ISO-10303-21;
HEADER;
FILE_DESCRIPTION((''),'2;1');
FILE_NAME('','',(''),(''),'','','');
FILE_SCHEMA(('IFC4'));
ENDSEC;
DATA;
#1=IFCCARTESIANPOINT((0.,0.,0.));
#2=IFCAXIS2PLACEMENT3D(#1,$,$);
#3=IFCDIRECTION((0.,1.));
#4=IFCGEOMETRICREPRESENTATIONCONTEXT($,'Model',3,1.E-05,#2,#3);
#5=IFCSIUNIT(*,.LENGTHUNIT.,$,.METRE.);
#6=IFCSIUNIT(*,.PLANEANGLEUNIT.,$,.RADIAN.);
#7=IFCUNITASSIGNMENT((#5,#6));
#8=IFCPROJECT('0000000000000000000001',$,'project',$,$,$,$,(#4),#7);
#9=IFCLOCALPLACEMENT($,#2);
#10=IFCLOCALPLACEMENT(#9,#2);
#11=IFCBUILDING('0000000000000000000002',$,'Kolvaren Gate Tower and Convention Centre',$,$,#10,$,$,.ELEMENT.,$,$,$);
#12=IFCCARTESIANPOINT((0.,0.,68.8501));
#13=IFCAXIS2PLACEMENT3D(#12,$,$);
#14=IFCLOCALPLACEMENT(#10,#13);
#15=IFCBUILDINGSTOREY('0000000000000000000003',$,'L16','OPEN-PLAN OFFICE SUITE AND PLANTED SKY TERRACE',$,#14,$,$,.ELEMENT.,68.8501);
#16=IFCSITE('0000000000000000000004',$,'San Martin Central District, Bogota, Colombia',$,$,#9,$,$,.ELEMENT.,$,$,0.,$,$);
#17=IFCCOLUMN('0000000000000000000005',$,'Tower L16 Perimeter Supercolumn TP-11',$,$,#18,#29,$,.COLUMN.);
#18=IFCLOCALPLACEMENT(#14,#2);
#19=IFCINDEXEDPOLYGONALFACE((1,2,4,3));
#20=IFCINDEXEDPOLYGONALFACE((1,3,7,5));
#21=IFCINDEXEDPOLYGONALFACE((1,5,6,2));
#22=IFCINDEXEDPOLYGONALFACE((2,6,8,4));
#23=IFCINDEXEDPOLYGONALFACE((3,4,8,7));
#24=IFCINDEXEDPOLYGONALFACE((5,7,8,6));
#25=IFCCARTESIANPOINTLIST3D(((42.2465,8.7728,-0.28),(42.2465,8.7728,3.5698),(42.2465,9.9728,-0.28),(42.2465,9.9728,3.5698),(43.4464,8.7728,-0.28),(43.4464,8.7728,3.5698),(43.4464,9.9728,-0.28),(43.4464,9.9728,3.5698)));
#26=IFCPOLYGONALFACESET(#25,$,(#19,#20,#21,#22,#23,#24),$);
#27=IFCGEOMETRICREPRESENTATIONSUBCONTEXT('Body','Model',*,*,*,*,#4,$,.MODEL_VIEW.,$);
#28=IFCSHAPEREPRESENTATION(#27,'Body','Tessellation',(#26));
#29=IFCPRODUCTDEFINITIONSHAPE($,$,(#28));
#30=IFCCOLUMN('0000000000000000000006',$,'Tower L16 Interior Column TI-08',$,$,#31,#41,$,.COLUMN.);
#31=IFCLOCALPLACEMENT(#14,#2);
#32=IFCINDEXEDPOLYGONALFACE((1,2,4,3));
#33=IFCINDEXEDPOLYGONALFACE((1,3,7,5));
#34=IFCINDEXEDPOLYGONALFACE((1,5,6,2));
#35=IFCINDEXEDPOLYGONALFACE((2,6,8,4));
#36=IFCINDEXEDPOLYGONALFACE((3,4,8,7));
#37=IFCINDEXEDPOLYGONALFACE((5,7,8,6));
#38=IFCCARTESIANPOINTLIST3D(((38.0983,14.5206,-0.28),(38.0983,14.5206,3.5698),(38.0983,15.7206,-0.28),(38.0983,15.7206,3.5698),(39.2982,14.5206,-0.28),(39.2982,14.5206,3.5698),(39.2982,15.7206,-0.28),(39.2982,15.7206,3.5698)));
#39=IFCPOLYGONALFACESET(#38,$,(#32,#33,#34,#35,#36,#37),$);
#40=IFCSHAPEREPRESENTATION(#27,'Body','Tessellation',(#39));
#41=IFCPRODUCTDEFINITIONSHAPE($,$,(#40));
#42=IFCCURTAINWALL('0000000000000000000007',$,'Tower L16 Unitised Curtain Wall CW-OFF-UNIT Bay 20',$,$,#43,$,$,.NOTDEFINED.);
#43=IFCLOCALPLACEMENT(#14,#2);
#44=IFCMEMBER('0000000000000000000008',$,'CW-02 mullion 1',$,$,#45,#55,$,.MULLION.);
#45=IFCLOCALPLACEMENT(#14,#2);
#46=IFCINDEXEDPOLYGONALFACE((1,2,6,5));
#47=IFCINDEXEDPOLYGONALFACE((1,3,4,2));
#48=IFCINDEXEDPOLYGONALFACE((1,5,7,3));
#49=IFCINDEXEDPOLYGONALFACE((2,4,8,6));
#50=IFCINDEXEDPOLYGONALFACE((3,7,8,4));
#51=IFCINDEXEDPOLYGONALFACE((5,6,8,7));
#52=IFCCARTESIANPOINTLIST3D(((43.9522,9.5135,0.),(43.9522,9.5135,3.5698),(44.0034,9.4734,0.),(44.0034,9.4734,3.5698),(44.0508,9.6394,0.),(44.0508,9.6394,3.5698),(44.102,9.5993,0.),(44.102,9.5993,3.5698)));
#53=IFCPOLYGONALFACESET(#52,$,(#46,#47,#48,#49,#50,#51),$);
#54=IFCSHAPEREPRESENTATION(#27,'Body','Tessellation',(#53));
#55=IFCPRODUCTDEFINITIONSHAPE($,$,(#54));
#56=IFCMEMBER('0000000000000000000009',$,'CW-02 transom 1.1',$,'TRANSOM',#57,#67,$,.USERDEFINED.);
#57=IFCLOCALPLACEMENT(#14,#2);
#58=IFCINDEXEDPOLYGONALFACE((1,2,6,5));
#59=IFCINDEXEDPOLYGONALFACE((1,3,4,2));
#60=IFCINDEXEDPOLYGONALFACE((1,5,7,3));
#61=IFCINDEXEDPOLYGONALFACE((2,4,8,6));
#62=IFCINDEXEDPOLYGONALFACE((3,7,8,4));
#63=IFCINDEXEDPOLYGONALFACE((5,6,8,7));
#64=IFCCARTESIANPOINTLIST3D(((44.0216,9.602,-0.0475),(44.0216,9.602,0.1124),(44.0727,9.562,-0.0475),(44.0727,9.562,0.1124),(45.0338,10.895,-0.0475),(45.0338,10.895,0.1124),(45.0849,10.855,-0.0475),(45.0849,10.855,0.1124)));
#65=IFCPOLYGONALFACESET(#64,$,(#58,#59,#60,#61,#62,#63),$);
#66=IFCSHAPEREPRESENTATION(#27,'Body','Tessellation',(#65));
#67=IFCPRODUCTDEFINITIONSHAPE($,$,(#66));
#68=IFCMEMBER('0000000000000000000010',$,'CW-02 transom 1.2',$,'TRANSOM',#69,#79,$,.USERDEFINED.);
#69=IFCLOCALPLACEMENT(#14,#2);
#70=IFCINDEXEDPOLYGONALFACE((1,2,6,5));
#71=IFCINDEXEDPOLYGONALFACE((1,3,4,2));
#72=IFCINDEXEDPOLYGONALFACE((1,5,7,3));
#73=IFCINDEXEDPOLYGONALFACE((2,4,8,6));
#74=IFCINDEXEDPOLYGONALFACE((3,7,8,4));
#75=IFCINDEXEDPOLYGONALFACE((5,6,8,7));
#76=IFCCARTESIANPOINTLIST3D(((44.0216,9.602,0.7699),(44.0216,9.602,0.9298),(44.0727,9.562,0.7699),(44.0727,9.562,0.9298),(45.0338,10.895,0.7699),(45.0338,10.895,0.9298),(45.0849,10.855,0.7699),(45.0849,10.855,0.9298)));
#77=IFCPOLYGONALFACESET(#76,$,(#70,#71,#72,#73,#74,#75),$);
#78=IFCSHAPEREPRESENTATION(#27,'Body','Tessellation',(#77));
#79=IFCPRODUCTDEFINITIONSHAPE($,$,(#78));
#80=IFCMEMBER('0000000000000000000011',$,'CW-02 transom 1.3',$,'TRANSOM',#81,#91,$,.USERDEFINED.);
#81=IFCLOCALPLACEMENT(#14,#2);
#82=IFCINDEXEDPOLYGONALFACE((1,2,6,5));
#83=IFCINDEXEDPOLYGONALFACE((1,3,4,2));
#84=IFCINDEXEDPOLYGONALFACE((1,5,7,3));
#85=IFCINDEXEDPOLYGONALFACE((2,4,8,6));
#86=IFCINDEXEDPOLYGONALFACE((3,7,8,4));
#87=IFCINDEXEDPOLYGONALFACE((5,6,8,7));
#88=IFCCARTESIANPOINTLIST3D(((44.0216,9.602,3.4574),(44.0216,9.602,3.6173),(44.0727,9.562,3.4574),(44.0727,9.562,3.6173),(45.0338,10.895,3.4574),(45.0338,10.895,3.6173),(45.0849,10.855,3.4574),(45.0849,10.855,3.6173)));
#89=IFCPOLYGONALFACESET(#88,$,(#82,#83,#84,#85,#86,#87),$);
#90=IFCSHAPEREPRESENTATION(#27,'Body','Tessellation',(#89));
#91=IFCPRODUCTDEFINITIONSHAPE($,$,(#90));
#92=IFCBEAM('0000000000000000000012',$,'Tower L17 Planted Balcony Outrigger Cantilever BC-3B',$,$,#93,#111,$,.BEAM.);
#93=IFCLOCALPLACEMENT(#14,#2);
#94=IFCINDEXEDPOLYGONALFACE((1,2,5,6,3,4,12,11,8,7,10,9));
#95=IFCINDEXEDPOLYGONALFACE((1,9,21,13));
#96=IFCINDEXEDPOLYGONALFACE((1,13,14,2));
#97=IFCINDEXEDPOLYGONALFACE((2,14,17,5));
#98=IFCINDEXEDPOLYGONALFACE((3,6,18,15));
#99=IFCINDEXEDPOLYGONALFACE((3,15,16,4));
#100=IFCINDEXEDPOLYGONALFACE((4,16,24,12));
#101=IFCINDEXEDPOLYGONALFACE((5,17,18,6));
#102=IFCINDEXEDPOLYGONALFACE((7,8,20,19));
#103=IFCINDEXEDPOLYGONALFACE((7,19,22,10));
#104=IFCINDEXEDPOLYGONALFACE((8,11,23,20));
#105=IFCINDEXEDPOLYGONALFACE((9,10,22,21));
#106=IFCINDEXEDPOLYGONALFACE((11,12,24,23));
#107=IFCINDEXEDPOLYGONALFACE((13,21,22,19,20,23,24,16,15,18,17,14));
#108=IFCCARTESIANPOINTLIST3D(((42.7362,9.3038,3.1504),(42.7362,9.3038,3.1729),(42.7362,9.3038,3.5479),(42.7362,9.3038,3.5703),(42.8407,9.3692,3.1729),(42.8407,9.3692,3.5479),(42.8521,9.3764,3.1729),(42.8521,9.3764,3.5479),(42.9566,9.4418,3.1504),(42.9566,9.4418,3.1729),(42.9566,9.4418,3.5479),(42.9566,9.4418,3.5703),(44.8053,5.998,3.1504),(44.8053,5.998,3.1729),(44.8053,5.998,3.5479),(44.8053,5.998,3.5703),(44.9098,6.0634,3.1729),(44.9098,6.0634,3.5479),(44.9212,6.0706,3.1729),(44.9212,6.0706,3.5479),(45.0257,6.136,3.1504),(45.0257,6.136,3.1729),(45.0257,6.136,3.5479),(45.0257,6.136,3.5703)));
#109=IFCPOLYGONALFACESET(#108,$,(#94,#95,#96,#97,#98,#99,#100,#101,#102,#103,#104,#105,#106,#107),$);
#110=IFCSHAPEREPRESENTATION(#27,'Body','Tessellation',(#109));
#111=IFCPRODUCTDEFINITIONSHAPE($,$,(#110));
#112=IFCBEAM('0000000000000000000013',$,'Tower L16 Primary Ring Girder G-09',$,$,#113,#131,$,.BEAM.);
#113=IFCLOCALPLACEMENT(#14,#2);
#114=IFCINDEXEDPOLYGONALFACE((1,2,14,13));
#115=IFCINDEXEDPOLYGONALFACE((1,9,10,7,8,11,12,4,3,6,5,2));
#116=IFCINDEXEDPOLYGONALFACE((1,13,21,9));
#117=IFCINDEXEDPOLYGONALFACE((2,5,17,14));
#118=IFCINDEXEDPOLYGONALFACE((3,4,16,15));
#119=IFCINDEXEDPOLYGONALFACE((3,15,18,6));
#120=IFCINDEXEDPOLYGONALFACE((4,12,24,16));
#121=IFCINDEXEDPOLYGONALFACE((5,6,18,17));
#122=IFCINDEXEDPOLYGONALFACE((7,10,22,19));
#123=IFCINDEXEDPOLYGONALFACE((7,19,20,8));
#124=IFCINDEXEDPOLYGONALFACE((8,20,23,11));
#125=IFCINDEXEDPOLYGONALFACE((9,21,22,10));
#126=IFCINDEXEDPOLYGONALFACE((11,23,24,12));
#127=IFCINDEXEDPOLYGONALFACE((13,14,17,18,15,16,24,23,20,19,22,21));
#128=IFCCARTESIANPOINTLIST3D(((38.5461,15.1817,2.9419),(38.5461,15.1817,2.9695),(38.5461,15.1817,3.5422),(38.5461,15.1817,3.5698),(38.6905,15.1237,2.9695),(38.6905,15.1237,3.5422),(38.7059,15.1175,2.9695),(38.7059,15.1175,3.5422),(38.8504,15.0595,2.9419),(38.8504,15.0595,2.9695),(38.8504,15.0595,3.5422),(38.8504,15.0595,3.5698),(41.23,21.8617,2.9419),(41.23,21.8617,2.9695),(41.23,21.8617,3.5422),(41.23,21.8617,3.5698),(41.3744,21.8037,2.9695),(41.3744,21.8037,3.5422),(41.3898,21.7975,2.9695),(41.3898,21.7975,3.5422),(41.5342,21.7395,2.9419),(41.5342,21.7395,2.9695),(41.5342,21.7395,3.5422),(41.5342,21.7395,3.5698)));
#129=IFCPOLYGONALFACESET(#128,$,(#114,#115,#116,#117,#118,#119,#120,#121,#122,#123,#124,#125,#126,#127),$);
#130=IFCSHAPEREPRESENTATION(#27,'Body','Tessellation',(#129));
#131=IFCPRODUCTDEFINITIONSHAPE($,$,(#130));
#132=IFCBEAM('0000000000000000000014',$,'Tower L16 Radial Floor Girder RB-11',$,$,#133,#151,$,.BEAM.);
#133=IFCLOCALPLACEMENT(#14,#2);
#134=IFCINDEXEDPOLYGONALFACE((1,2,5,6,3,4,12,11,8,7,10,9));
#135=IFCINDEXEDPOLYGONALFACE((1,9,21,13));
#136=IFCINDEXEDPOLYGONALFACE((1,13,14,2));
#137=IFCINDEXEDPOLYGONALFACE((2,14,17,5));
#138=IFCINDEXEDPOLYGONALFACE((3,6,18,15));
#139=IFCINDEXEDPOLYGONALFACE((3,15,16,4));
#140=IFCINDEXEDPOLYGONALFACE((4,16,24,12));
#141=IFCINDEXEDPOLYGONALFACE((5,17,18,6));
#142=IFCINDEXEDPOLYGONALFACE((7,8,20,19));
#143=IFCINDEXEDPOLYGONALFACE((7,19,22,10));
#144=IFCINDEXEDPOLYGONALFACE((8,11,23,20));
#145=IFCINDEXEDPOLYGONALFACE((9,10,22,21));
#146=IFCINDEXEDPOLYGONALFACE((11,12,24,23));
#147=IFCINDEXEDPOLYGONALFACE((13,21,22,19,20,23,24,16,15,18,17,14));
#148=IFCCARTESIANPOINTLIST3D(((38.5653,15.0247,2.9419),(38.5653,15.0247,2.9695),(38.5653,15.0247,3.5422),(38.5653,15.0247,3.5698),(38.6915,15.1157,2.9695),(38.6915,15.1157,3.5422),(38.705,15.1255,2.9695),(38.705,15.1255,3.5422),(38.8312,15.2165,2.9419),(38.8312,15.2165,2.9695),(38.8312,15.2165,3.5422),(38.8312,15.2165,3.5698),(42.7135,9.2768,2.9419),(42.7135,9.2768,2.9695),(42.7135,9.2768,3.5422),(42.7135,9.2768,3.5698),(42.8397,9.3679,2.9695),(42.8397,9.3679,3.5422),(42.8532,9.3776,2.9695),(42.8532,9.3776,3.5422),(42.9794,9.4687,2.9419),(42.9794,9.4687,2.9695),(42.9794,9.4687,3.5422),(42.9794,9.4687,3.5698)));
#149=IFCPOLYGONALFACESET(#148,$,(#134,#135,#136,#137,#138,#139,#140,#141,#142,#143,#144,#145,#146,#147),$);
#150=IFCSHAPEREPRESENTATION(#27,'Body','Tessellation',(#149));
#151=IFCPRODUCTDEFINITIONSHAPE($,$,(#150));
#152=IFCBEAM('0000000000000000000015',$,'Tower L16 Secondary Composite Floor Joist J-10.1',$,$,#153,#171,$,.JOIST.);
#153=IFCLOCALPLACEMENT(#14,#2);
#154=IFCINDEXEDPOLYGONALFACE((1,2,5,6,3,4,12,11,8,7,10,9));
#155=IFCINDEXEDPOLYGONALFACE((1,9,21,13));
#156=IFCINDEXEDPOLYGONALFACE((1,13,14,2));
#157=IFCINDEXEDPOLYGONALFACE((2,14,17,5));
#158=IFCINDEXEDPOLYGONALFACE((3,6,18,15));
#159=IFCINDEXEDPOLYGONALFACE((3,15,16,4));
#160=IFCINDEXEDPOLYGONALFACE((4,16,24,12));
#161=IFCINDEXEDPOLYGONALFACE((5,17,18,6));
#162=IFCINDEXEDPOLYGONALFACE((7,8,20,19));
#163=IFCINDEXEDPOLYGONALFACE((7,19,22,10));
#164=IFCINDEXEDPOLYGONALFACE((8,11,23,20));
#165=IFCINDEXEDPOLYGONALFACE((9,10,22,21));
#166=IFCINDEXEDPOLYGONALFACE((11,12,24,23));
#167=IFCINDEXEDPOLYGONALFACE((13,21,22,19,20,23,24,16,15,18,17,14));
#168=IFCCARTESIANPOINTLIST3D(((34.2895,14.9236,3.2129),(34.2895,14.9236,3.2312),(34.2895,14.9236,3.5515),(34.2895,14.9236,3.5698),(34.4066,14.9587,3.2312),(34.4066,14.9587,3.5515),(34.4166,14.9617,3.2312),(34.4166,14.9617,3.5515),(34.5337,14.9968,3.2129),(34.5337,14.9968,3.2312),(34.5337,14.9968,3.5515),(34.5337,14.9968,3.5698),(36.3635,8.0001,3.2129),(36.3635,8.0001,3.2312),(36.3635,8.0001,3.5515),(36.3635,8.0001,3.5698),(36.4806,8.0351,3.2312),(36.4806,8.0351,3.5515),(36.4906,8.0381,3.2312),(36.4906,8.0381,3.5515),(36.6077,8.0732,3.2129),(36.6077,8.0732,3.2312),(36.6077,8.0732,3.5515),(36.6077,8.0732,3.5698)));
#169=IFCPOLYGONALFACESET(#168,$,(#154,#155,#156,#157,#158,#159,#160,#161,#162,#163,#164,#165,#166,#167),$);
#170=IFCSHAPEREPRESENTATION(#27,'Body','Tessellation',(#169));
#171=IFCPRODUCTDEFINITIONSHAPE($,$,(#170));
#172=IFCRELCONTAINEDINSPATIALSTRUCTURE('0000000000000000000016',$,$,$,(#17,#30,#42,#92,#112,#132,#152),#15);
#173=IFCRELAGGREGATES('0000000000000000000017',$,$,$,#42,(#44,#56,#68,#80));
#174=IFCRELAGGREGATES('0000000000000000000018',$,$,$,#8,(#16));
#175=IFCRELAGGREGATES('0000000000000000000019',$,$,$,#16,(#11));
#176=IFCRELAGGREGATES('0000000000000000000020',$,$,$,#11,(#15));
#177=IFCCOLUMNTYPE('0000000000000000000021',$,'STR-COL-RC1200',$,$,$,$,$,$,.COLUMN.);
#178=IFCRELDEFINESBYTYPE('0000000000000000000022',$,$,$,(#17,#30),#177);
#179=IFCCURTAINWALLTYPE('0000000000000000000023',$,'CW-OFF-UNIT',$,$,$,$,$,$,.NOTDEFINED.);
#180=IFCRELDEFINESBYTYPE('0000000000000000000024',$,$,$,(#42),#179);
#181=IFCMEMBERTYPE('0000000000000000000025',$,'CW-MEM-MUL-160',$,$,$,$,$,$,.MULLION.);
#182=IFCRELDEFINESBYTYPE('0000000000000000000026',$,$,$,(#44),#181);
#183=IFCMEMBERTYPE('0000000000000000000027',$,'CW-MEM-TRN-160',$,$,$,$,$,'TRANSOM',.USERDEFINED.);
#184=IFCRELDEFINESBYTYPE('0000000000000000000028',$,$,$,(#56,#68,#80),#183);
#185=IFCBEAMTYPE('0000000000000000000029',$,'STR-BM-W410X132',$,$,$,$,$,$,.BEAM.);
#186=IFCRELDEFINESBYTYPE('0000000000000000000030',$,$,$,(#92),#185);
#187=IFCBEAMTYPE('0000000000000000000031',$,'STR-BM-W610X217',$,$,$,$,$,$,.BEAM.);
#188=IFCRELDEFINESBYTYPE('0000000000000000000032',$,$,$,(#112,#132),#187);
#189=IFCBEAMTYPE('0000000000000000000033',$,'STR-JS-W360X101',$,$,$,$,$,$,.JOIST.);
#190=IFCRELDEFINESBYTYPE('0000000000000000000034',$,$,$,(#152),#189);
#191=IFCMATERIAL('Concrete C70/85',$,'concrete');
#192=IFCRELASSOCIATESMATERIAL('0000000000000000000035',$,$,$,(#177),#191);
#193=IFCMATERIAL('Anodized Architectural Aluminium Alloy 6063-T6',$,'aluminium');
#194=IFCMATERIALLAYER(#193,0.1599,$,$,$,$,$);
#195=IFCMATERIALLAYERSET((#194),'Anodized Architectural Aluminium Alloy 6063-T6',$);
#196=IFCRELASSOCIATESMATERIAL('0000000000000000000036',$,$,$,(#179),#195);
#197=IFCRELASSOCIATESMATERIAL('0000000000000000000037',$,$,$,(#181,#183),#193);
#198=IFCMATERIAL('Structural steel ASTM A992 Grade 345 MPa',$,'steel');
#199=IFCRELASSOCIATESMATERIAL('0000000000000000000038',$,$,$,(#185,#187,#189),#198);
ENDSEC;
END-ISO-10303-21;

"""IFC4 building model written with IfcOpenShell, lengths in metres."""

from ifc_helpers import new_model, si_unit, direction, frame, origin, origin_2d, place, context, subcontext, project, spatial, rectangle, i_section, extrude, material, layer, layer_set, material_profile, profile_set, type_object, element, aggregate, save


model = new_model("IFC4")

# Units and contexts
model_context = context("Model", 3, precision=1e-05, world=origin(), true_north=direction((0.0, 1.0)))
body_context = subcontext(model_context, "Body", "Model", "MODEL_VIEW")
ifc_project = project(units=[si_unit("LENGTHUNIT", "METRE"), si_unit("PLANEANGLEUNIT", "RADIAN")], contexts=[model_context])

# Site, building, storey
site_placement = place(None, origin())
site = spatial("IfcSite", under=ifc_project, at=site_placement, Name="San Martin Central District, Bogota, Colombia", CompositionType="ELEMENT", RefElevation=0.0)
building_placement = place(site_placement, origin())
building = spatial("IfcBuilding", under=site, at=building_placement, Name="Kolvaren Gate Tower and Convention Centre", CompositionType="ELEMENT")
storey_placement = place(building_placement, frame((0.0, 0.0, 68.8501)))
storey = spatial("IfcBuildingStorey", under=building, at=storey_placement, Name="L16", Description="OPEN-PLAN OFFICE SUITE AND PLANTED SKY TERRACE", CompositionType="ELEMENT", Elevation=68.8501)

# Columns
ifc_material_1 = material(Name="Concrete C70/85", Category="concrete")
ifc_material_profile_1 = material_profile(ifc_material_1, rectangle(XDim=1.2, YDim=1.2, at=origin_2d()), Name="RC-COL-1200X1200")
ifc_profile_set_1 = profile_set([ifc_material_profile_1], Name="Concrete C70/85")
column_type = type_object("IfcColumnType", Name="STR-COL-RC1200", PredefinedType="COLUMN", material=ifc_profile_set_1)
for number, where, z_axis, x_axis, name in (
    (1, (42.8464, 9.3728, -0.28), (0.0, 0.0, 1.0), (1.0, 0.0, 0.0), "Tower L16 Perimeter Supercolumn TP-11"),
    (2, (38.6982, 15.1206, -0.28), (0.0, 0.0, 1.0), (1.0, 0.0, 0.0), "Tower L16 Interior Column TI-08"),
):
    element("IfcColumn", number, at=place(storey_placement, frame(where, z_axis=z_axis, x_axis=x_axis)), inside=storey, type_object=column_type, Name=name, PredefinedType="COLUMN", context=body_context, shape_type="SweptSolid", body=[
        extrude(rectangle(XDim=1.2, YDim=1.2, at=origin_2d()), origin(), (0.0, 0.0, 1.0), 3.8499),
    ])

# Curtain wall, members
ifc_material_2 = material(Name="Anodized Architectural Aluminium Alloy 6063-T6", Category="aluminium")
ifc_layer_1 = layer(ifc_material_2, 0.1599)
ifc_layer_set_1 = layer_set([ifc_layer_1], Name="Anodized Architectural Aluminium Alloy 6063-T6")
curtain_wall_type = type_object("IfcCurtainWallType", Name="CW-OFF-UNIT", PredefinedType="NOTDEFINED", material=ifc_layer_set_1)
curtain_wall_placement = place(storey_placement, origin())
curtain_wall = element("IfcCurtainWall", 3, at=curtain_wall_placement, inside=storey, type_object=curtain_wall_type, Name="Tower L16 Unitised Curtain Wall CW-OFF-UNIT Bay 20", PredefinedType="NOTDEFINED")
ifc_material_profile_2 = material_profile(ifc_material_2, rectangle(XDim=0.0649, YDim=0.1599, at=origin_2d()), Name="CW-MEM-MUL-160")
ifc_profile_set_2 = profile_set([ifc_material_profile_2], Name="Anodized Architectural Aluminium Alloy 6063-T6")
member_type_1 = type_object("IfcMemberType", Name="CW-MEM-MUL-160", PredefinedType="MULLION", material=ifc_profile_set_2)
member_1_placement = place(storey_placement, frame((44.0271, 9.5564, 0.0), z_axis=(0.0, 0.0, 1.0), x_axis=(-0.787406, 0.616434, 0.0)))
member_1 = element("IfcMember", 4, at=member_1_placement, type_object=member_type_1, Name="CW-02 mullion 1", PredefinedType="MULLION", context=body_context, shape_type="SweptSolid", body=[
    extrude(rectangle(XDim=0.0649, YDim=0.1599, at=origin_2d()), origin(), (0.0, 0.0, 1.0), 3.5698),
])
ifc_material_profile_3 = material_profile(ifc_material_2, rectangle(XDim=0.0649, YDim=0.1599, at=origin_2d()), Name="CW-MEM-TRN-160")
ifc_profile_set_3 = profile_set([ifc_material_profile_3], Name="Anodized Architectural Aluminium Alloy 6063-T6")
member_type_2 = type_object("IfcMemberType", Name="CW-MEM-TRN-160", ElementType="TRANSOM", PredefinedType="USERDEFINED", material=ifc_profile_set_3)
member_2_placement = place(storey_placement, frame((44.0471, 9.582, 0.0325), z_axis=(0.616429, 0.787411, 0.0), x_axis=(-0.787411, 0.616429, 0.0)))
member_2 = element("IfcMember", 5, at=member_2_placement, type_object=member_type_2, Name="CW-02 transom 1.1", ObjectType="TRANSOM", PredefinedType="USERDEFINED", context=body_context, shape_type="SweptSolid", body=[
    extrude(rectangle(XDim=0.0649, YDim=0.1599, at=origin_2d()), origin(), (0.0, 0.0, 1.0), 1.6421),
])
member_3_placement = place(storey_placement, frame((44.0471, 9.582, 0.8499), z_axis=(0.616429, 0.787411, 0.0), x_axis=(-0.787411, 0.616429, 0.0)))
member_3 = element("IfcMember", 6, at=member_3_placement, type_object=member_type_2, Name="CW-02 transom 1.2", ObjectType="TRANSOM", PredefinedType="USERDEFINED", context=body_context, shape_type="SweptSolid", body=[
    extrude(rectangle(XDim=0.0649, YDim=0.1599, at=origin_2d()), origin(), (0.0, 0.0, 1.0), 1.6421),
])
member_4_placement = place(storey_placement, frame((44.0471, 9.582, 3.5374), z_axis=(0.616429, 0.787411, 0.0), x_axis=(-0.787411, 0.616429, 0.0)))
member_4 = element("IfcMember", 7, at=member_4_placement, type_object=member_type_2, Name="CW-02 transom 1.3", ObjectType="TRANSOM", PredefinedType="USERDEFINED", context=body_context, shape_type="SweptSolid", body=[
    extrude(rectangle(XDim=0.0649, YDim=0.1599, at=origin_2d()), origin(), (0.0, 0.0, 1.0), 1.6421),
])

# Beams
ifc_material_3 = material(Name="Structural steel ASTM A992 Grade 345 MPa", Category="steel")
ifc_material_profile_4 = material_profile(ifc_material_3, i_section(OverallWidth=0.26, OverallDepth=0.4199, WebThickness=0.0134, FlangeThickness=0.0225, at=origin_2d()), Name="W410X132")
ifc_profile_set_4 = profile_set([ifc_material_profile_4], Name="Structural steel ASTM A992 Grade 345 MPa")
beam_type_1 = type_object("IfcBeamType", Name="STR-BM-W410X132", PredefinedType="BEAM", material=ifc_profile_set_4)
beam_1_placement = place(storey_placement, frame((42.8464, 9.3728, 3.3604), z_axis=(0.530533, -0.847664, 0.0), x_axis=(0.847664, 0.530533, 0.0)))
element("IfcBeam", 8, at=beam_1_placement, inside=storey, type_object=beam_type_1, Name="Tower L17 Planted Balcony Outrigger Cantilever BC-3B", PredefinedType="BEAM", context=body_context, shape_type="SweptSolid", body=[
    extrude(i_section(OverallWidth=0.26, OverallDepth=0.4199, WebThickness=0.0134, FlangeThickness=0.0225, at=origin_2d()), origin(), (0.0, 0.0, 1.0), 3.8999),
])
ifc_material_profile_5 = material_profile(ifc_material_3, i_section(OverallWidth=0.3279, OverallDepth=0.6279, WebThickness=0.0166, FlangeThickness=0.0276, at=origin_2d()), Name="W610X217")
ifc_profile_set_5 = profile_set([ifc_material_profile_5], Name="Structural steel ASTM A992 Grade 345 MPa")
beam_type_2 = type_object("IfcBeamType", Name="STR-BM-W610X217", PredefinedType="BEAM", material=ifc_profile_set_5)
beam_2_placement = place(storey_placement, frame((38.6982, 15.1206, 3.2559), z_axis=(0.372811, 0.927907, 0.0), x_axis=(-0.927907, 0.372811, 0.0)))
element("IfcBeam", 9, at=beam_2_placement, inside=storey, type_object=beam_type_2, Name="Tower L16 Primary Ring Girder G-09", PredefinedType="BEAM", context=body_context, shape_type="SweptSolid", body=[
    extrude(i_section(OverallWidth=0.3279, OverallDepth=0.6279, WebThickness=0.0166, FlangeThickness=0.0276, at=origin_2d()), origin(), (0.0, 0.0, 1.0), 7.199),
])
beam_3_placement = place(storey_placement, frame((38.6982, 15.1206, 3.2559), z_axis=(0.585213, -0.81088, 0.0), x_axis=(0.81088, 0.585213, 0.0)))
element("IfcBeam", 10, at=beam_3_placement, inside=storey, type_object=beam_type_2, Name="Tower L16 Radial Floor Girder RB-11", PredefinedType="BEAM", context=body_context, shape_type="SweptSolid", body=[
    extrude(i_section(OverallWidth=0.3279, OverallDepth=0.6279, WebThickness=0.0166, FlangeThickness=0.0276, at=origin_2d()), origin(), (0.0, 0.0, 1.0), 7.0884),
])
ifc_material_profile_6 = material_profile(ifc_material_3, i_section(OverallWidth=0.2549, OverallDepth=0.3569, WebThickness=0.0105, FlangeThickness=0.0183, at=origin_2d()), Name="W360X101")
ifc_profile_set_6 = profile_set([ifc_material_profile_6], Name="Structural steel ASTM A992 Grade 345 MPa")
beam_type_3 = type_object("IfcBeamType", Name="STR-JS-W360X101", PredefinedType="JOIST", material=ifc_profile_set_6)
beam_4_placement = place(storey_placement, frame((34.4116, 14.9602, 3.3914), z_axis=(0.286954, -0.957944, 0.0), x_axis=(0.957944, 0.286954, 0.0)))
element("IfcBeam", 11, at=beam_4_placement, inside=storey, type_object=beam_type_3, Name="Tower L16 Secondary Composite Floor Joist J-10.1", PredefinedType="JOIST", context=body_context, shape_type="SweptSolid", body=[
    extrude(i_section(OverallWidth=0.2549, OverallDepth=0.3569, WebThickness=0.0105, FlangeThickness=0.0183, at=origin_2d()), origin(), (0.0, 0.0, 1.0), 7.2275),
])

aggregate(curtain_wall, [member_1, member_2, member_3, member_4])

save(model, "model.ifc")
